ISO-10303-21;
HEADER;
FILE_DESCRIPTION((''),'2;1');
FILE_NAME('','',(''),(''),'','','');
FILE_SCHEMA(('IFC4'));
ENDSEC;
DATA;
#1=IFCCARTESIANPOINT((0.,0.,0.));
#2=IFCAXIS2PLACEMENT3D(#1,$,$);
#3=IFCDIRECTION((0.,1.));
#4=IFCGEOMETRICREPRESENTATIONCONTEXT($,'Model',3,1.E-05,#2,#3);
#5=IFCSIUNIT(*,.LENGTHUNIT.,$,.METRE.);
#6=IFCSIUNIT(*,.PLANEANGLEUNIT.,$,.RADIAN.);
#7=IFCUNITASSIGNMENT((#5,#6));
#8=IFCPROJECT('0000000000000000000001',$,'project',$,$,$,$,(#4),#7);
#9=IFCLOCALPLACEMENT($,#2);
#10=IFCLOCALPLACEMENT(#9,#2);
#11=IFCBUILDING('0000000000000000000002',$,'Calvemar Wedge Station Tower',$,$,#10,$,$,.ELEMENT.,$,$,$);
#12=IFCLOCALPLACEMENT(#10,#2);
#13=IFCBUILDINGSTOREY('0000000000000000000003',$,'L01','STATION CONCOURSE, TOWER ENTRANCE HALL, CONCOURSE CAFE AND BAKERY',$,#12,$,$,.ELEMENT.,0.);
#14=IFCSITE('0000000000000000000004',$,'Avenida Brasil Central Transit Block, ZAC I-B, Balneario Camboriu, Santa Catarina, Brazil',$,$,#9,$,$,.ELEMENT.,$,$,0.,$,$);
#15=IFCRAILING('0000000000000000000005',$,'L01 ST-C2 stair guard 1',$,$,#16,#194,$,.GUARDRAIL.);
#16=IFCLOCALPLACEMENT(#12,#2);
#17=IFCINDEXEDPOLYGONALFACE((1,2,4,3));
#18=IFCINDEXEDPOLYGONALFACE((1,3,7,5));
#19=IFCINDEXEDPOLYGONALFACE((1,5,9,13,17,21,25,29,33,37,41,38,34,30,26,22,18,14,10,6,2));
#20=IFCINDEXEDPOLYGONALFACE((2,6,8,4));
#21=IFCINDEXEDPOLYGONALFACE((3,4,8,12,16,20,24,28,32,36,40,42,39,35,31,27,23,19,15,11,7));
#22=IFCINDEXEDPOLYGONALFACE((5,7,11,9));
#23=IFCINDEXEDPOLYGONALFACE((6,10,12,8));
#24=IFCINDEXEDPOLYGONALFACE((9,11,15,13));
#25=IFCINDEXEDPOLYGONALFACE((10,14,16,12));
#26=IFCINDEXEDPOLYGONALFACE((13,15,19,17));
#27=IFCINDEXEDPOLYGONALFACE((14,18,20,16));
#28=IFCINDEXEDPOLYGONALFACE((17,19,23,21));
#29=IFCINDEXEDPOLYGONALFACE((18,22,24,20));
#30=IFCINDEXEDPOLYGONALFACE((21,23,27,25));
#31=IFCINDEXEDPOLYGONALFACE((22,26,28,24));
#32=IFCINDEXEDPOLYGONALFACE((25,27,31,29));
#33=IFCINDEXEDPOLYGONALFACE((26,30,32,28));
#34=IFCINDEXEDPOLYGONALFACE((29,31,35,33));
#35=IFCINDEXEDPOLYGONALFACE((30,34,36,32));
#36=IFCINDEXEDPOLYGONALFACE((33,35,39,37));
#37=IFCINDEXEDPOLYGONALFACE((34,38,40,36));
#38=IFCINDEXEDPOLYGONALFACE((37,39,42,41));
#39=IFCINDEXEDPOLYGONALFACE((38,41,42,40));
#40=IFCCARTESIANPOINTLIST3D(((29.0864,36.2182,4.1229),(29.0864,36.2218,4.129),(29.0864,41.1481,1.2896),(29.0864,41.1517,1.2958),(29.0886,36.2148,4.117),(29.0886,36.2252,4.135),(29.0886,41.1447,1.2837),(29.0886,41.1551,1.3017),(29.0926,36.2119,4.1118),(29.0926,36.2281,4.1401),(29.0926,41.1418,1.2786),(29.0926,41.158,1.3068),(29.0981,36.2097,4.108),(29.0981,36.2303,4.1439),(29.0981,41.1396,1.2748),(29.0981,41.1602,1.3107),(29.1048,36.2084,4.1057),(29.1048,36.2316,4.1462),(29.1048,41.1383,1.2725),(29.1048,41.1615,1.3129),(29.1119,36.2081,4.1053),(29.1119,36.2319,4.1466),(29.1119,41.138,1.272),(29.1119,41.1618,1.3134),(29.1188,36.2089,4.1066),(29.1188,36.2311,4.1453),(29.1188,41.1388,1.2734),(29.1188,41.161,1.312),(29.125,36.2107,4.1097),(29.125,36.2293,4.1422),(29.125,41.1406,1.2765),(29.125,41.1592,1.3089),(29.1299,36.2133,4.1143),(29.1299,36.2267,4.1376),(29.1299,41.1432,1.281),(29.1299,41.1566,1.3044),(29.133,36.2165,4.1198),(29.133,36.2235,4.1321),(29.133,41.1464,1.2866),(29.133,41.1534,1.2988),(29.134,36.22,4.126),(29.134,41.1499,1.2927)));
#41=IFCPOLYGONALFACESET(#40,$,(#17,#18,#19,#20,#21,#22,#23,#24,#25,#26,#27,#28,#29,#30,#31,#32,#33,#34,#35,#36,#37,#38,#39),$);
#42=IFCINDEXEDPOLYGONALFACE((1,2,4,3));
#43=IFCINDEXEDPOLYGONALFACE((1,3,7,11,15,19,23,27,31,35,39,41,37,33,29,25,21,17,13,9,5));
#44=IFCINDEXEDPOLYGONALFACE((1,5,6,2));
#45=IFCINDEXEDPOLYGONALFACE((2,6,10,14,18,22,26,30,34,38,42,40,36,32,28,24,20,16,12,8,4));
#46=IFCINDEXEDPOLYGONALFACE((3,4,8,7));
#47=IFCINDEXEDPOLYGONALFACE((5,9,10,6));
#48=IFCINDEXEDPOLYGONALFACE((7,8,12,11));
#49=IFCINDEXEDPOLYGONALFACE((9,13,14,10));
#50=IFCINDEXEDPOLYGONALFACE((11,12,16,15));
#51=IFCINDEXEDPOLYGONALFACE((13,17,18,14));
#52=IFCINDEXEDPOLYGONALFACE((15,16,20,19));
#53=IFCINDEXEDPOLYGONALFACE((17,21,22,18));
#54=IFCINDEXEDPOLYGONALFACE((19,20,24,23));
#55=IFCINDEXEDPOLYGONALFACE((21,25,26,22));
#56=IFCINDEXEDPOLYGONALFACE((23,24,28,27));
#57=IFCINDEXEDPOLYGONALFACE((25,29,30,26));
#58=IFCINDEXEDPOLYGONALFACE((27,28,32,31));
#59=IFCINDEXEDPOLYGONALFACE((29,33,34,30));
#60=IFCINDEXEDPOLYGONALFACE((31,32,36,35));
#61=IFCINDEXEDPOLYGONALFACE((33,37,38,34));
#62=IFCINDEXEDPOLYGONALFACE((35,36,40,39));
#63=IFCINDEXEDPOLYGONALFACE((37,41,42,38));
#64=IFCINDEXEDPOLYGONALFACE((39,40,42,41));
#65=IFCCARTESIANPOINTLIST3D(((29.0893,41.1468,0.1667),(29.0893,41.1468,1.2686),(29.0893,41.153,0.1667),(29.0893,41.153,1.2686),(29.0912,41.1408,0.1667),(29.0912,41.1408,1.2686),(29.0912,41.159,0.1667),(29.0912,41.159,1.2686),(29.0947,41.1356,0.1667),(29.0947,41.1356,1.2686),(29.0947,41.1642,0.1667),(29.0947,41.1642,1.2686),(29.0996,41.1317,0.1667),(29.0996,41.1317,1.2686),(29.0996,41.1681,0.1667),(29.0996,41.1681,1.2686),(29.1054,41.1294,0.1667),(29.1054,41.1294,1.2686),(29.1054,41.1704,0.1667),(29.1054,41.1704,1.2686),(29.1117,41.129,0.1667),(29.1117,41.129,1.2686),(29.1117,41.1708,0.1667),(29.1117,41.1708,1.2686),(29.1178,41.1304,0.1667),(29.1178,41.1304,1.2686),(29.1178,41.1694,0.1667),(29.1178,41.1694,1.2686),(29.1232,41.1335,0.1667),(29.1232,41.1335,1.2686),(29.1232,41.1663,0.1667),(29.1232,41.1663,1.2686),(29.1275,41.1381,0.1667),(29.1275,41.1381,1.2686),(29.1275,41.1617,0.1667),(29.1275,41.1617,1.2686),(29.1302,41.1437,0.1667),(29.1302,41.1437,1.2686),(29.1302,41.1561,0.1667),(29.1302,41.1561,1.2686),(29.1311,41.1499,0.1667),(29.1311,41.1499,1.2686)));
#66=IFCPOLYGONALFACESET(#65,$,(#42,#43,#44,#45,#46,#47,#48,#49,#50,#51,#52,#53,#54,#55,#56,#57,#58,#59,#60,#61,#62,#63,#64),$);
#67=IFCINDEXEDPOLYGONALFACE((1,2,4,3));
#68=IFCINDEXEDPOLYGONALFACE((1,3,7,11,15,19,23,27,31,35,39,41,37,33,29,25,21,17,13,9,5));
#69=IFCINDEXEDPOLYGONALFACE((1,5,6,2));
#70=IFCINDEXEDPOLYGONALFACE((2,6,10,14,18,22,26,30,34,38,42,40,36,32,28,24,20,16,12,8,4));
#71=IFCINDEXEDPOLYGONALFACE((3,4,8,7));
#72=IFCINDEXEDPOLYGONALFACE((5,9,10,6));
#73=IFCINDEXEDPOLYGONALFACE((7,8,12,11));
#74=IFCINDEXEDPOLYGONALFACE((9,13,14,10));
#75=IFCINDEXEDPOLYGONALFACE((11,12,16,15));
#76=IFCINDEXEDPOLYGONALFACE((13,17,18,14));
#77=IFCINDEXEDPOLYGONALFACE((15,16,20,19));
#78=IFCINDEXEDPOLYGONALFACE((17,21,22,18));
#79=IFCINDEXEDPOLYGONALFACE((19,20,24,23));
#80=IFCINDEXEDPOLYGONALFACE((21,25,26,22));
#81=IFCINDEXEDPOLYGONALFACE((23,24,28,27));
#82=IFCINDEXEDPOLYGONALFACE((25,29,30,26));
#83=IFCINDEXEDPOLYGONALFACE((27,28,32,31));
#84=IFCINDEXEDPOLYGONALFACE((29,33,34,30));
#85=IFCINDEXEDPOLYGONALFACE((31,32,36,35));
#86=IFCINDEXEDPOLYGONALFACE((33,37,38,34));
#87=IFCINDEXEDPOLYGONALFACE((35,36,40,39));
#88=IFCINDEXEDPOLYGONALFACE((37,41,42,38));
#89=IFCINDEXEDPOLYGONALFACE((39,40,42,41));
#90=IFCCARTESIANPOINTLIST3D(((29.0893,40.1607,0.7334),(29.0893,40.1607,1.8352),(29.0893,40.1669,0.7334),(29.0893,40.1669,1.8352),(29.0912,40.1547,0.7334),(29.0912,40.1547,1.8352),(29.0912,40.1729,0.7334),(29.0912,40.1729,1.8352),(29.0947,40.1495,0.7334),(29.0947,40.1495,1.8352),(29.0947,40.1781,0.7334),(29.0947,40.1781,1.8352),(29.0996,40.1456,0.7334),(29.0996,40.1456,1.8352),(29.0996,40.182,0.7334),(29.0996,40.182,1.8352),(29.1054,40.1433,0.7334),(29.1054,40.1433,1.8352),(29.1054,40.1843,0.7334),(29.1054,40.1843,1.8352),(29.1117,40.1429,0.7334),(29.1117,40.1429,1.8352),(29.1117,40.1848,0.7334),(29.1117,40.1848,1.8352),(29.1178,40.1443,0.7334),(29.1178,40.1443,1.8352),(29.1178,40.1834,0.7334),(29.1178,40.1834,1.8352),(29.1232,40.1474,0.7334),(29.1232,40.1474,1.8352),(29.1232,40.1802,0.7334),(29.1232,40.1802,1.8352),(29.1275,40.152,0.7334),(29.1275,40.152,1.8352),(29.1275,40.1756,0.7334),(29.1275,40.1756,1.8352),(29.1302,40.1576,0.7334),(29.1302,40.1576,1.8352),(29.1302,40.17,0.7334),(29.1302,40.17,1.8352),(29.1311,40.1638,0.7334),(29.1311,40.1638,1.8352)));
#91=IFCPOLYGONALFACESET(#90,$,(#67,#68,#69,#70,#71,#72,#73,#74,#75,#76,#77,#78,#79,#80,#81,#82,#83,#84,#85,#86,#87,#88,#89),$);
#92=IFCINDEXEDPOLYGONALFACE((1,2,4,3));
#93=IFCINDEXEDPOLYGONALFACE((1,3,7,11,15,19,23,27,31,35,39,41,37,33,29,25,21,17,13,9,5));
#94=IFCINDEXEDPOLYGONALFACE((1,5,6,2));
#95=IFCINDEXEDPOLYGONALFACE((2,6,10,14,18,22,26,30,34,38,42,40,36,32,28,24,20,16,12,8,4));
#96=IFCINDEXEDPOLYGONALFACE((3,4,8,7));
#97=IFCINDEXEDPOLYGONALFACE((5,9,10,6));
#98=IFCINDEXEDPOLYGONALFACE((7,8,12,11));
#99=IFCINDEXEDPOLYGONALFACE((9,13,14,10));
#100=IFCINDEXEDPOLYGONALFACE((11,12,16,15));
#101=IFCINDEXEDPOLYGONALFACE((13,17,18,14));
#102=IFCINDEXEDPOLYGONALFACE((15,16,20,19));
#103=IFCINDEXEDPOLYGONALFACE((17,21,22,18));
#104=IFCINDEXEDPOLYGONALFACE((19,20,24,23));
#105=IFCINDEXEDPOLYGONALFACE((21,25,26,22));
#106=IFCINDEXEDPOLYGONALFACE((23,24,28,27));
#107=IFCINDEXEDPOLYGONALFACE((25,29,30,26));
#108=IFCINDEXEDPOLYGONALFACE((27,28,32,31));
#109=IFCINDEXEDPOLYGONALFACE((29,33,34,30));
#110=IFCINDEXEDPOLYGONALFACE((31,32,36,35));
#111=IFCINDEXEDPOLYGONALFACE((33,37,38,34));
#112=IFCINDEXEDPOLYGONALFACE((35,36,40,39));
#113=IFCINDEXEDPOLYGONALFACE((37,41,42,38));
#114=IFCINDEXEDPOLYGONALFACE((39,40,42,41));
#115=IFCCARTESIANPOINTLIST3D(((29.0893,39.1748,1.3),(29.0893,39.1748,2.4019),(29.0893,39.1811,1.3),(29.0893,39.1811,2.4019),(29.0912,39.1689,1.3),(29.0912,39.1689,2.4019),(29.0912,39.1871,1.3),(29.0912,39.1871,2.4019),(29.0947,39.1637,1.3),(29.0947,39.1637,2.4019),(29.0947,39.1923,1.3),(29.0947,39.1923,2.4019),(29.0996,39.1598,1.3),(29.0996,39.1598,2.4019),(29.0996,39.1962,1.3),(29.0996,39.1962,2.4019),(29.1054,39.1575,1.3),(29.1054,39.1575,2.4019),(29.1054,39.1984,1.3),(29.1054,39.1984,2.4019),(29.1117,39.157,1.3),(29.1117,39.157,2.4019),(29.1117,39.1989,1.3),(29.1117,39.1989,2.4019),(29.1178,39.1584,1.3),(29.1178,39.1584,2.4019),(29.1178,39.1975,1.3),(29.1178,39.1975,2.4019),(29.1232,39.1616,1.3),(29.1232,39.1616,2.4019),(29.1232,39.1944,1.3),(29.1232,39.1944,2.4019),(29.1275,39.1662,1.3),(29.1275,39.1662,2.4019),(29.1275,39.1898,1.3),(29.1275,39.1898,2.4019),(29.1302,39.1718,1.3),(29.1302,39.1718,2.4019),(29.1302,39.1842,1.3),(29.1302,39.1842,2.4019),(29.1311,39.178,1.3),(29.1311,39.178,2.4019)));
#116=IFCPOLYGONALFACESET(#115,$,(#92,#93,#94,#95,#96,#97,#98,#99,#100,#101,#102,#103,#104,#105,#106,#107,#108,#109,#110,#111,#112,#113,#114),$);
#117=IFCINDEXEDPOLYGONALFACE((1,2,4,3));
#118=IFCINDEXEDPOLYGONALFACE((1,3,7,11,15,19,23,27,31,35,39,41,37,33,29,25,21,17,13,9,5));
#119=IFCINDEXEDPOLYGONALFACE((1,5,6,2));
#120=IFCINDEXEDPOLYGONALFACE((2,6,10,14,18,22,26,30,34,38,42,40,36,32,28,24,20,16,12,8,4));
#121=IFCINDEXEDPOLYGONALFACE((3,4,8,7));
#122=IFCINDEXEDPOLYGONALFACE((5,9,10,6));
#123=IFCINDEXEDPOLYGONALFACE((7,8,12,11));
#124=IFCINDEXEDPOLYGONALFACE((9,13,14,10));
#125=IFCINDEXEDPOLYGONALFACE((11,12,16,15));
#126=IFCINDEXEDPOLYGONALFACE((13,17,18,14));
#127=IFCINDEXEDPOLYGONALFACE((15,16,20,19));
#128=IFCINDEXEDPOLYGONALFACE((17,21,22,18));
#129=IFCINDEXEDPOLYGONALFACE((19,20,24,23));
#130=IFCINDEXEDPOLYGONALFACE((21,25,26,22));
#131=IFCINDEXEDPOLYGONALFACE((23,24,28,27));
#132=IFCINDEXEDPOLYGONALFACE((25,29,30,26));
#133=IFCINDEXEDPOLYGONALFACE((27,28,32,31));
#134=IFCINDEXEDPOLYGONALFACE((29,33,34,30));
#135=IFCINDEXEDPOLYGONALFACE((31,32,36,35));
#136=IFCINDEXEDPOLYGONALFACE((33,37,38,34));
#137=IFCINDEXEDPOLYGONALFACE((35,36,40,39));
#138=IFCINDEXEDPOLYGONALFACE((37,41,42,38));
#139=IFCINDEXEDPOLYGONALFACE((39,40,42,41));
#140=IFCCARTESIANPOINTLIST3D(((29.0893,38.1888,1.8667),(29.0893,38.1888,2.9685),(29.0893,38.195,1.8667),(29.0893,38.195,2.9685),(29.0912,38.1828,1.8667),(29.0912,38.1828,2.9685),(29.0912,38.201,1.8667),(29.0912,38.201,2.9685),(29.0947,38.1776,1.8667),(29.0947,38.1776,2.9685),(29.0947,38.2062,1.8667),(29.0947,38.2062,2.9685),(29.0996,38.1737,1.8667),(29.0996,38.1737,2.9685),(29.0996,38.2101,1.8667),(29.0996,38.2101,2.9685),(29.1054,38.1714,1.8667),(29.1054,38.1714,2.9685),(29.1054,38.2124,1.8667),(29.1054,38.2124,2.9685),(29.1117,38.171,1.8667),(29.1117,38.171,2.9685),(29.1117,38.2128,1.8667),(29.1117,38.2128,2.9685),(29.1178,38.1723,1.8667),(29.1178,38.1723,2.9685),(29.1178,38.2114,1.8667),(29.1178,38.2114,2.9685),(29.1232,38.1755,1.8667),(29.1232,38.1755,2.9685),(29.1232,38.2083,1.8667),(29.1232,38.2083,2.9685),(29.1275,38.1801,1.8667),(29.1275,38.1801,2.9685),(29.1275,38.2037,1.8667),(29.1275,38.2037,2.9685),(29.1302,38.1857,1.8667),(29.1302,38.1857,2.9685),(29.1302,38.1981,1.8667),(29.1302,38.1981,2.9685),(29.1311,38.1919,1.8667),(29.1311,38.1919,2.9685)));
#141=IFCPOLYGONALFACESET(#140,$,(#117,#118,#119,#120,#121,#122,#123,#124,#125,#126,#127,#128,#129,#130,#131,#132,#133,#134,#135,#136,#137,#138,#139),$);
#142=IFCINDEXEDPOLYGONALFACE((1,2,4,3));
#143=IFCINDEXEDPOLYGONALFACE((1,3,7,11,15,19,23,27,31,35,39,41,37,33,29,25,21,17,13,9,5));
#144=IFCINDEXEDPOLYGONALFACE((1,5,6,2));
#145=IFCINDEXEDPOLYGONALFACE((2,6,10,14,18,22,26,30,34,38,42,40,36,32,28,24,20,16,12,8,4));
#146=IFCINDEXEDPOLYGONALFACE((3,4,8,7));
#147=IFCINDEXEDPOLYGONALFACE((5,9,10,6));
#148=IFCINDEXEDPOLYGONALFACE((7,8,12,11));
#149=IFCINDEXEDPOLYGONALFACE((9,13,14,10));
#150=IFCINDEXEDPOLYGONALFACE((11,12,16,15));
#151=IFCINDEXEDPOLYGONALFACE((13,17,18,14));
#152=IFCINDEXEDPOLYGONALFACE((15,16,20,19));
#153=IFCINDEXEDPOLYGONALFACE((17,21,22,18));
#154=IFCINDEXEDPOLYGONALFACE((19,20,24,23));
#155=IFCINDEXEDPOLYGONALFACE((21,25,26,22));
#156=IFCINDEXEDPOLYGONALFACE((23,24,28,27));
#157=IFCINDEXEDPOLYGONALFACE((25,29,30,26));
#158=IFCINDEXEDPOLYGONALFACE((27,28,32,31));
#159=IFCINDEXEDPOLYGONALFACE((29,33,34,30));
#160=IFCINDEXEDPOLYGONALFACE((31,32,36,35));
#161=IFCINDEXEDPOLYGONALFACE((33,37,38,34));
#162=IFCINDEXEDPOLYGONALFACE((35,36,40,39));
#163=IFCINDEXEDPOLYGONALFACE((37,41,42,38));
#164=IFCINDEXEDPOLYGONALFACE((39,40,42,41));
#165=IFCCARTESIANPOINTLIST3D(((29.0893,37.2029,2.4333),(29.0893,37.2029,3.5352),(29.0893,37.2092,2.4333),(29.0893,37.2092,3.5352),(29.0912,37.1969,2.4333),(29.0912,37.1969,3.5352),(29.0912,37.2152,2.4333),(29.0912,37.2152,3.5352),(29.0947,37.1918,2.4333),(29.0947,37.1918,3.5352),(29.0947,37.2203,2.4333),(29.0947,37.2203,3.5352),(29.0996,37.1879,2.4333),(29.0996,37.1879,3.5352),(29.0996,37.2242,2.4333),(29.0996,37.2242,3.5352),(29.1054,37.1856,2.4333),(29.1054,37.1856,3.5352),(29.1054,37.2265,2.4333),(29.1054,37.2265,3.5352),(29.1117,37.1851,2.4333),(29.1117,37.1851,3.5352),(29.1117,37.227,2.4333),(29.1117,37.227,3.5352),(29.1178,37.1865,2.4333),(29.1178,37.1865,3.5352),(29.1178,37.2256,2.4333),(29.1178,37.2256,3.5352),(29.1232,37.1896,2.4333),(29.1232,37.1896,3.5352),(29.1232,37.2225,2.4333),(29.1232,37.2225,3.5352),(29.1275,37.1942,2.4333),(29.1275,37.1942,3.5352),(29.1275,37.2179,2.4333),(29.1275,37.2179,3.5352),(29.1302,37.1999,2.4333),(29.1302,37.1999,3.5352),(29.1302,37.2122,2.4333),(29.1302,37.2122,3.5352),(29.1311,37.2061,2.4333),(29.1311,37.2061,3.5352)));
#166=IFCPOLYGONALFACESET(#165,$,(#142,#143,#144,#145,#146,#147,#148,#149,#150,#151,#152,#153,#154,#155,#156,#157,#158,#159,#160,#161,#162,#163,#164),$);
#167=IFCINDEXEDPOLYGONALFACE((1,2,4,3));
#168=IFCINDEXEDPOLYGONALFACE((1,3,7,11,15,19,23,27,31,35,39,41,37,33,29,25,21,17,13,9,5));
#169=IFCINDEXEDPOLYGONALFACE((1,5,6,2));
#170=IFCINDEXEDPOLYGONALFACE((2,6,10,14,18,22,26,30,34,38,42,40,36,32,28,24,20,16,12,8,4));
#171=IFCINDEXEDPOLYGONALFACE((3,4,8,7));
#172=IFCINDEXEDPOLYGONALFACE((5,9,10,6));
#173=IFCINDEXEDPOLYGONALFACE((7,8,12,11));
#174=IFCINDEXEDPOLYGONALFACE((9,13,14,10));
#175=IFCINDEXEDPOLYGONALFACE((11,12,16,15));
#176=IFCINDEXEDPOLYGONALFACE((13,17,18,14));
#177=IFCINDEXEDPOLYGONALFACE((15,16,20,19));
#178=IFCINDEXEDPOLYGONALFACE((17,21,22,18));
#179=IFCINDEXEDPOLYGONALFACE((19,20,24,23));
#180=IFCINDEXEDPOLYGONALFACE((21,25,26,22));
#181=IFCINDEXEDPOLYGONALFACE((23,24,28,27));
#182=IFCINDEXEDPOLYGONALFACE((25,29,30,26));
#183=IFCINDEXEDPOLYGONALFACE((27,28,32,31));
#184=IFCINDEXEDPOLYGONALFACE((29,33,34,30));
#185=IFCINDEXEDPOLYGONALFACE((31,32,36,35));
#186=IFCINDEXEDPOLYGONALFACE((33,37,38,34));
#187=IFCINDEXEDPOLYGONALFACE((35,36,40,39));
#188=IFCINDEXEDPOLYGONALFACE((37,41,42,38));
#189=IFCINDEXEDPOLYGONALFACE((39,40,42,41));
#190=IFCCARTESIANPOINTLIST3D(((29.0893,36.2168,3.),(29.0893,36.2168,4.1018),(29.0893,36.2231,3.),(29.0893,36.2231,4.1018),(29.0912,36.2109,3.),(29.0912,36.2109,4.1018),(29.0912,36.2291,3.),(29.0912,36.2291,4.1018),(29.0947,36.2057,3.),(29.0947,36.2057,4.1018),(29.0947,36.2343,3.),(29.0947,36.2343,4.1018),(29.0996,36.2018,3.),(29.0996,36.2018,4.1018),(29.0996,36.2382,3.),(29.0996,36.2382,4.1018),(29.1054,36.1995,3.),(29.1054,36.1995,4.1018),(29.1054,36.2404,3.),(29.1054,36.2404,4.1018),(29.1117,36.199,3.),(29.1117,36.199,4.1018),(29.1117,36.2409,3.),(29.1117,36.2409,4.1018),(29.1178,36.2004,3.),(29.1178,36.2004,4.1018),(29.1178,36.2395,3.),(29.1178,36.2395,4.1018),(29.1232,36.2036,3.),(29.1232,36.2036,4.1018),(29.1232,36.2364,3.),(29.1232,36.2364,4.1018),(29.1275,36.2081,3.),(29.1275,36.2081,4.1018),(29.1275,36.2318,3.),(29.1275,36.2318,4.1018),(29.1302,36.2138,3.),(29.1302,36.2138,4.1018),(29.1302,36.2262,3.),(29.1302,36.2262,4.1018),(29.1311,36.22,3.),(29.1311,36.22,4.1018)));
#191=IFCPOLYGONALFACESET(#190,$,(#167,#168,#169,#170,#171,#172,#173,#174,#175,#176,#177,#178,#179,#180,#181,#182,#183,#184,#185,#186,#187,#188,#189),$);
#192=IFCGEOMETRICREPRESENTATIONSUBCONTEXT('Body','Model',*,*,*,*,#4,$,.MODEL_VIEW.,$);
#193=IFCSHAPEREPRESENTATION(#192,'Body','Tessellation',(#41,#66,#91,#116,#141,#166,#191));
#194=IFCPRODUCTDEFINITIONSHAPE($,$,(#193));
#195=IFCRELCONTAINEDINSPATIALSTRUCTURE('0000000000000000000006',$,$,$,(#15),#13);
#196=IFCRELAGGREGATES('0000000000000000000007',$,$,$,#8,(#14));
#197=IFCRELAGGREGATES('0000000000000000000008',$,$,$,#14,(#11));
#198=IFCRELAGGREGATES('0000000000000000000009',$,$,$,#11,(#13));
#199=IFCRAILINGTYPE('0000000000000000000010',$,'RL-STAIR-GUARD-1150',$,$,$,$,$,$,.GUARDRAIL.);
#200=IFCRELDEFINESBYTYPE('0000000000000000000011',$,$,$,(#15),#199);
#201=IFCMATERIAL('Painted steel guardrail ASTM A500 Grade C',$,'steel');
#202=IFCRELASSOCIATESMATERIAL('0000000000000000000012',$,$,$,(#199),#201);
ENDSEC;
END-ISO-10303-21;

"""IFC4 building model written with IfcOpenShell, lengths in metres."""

from ifc_helpers import new_model, si_unit, direction, frame, origin, origin_2d, place, context, subcontext, project, spatial, circle, extrude, material, type_object, element, save


model = new_model("IFC4")

# Units and contexts
model_context = context("Model", 3, precision=1e-05, world=origin(), true_north=direction((0.0, 1.0)))
body_context = subcontext(model_context, "Body", "Model", "MODEL_VIEW")
ifc_project = project(units=[si_unit("LENGTHUNIT", "METRE"), si_unit("PLANEANGLEUNIT", "RADIAN")], contexts=[model_context])

# Site, building, storey
site_placement = place(None, origin())
site = spatial("IfcSite", under=ifc_project, at=site_placement, Name="Avenida Brasil Central Transit Block, ZAC I-B, Balneario Camboriu, Santa Catarina, Brazil", CompositionType="ELEMENT", RefElevation=0.0)
building_placement = place(site_placement, origin())
building = spatial("IfcBuilding", under=site, at=building_placement, Name="Calvemar Wedge Station Tower", CompositionType="ELEMENT")
storey_placement = place(building_placement, origin())
storey = spatial("IfcBuildingStorey", under=building, at=storey_placement, Name="L01", Description="STATION CONCOURSE, TOWER ENTRANCE HALL, CONCOURSE CAFE AND BAKERY", CompositionType="ELEMENT", Elevation=0.0)

# Railing
ifc_material_1 = material(Name="Painted steel guardrail ASTM A500 Grade C", Category="steel")
railing_type_1 = type_object("IfcRailingType", Name="RL-STAIR-GUARD-1150", PredefinedType="GUARDRAIL", material=ifc_material_1)
railing_1_placement = place(storey_placement, frame((29.1101, 41.1499, 0.1667)))
element("IfcRailing", 1, at=railing_1_placement, inside=storey, type_object=railing_type_1, Name="L01 ST-C2 stair guard 1", PredefinedType="GUARDRAIL", context=body_context, shape_type="SweptSolid", body=[
    extrude(circle(Radius=0.0239, at=origin_2d()), frame((0.0, 0.0, 1.126), z_axis=(0.0, -0.867017, 0.498278), x_axis=(1.0, 0.0, 0.0)), (0.0, 0.0, 1.0), 5.686),
    extrude(circle(Radius=0.021, at=origin_2d()), origin(), (0.0, 0.0, 1.0), 1.1018),
    extrude(circle(Radius=0.021, at=origin_2d()), frame((0.0, -0.9861, 0.5667)), (0.0, 0.0, 1.0), 1.1018),
    extrude(circle(Radius=0.021, at=origin_2d()), frame((0.0, -1.9719, 1.1333)), (0.0, 0.0, 1.0), 1.1018),
    extrude(circle(Radius=0.021, at=origin_2d()), frame((0.0, -2.958, 1.7)), (0.0, 0.0, 1.0), 1.1018),
    extrude(circle(Radius=0.021, at=origin_2d()), frame((0.0, -3.9438, 2.2666)), (0.0, 0.0, 1.0), 1.1018),
    extrude(circle(Radius=0.021, at=origin_2d()), frame((0.0, -4.9299, 2.8333)), (0.0, 0.0, 1.0), 1.1018),
])

save(model, "model.ifc")
